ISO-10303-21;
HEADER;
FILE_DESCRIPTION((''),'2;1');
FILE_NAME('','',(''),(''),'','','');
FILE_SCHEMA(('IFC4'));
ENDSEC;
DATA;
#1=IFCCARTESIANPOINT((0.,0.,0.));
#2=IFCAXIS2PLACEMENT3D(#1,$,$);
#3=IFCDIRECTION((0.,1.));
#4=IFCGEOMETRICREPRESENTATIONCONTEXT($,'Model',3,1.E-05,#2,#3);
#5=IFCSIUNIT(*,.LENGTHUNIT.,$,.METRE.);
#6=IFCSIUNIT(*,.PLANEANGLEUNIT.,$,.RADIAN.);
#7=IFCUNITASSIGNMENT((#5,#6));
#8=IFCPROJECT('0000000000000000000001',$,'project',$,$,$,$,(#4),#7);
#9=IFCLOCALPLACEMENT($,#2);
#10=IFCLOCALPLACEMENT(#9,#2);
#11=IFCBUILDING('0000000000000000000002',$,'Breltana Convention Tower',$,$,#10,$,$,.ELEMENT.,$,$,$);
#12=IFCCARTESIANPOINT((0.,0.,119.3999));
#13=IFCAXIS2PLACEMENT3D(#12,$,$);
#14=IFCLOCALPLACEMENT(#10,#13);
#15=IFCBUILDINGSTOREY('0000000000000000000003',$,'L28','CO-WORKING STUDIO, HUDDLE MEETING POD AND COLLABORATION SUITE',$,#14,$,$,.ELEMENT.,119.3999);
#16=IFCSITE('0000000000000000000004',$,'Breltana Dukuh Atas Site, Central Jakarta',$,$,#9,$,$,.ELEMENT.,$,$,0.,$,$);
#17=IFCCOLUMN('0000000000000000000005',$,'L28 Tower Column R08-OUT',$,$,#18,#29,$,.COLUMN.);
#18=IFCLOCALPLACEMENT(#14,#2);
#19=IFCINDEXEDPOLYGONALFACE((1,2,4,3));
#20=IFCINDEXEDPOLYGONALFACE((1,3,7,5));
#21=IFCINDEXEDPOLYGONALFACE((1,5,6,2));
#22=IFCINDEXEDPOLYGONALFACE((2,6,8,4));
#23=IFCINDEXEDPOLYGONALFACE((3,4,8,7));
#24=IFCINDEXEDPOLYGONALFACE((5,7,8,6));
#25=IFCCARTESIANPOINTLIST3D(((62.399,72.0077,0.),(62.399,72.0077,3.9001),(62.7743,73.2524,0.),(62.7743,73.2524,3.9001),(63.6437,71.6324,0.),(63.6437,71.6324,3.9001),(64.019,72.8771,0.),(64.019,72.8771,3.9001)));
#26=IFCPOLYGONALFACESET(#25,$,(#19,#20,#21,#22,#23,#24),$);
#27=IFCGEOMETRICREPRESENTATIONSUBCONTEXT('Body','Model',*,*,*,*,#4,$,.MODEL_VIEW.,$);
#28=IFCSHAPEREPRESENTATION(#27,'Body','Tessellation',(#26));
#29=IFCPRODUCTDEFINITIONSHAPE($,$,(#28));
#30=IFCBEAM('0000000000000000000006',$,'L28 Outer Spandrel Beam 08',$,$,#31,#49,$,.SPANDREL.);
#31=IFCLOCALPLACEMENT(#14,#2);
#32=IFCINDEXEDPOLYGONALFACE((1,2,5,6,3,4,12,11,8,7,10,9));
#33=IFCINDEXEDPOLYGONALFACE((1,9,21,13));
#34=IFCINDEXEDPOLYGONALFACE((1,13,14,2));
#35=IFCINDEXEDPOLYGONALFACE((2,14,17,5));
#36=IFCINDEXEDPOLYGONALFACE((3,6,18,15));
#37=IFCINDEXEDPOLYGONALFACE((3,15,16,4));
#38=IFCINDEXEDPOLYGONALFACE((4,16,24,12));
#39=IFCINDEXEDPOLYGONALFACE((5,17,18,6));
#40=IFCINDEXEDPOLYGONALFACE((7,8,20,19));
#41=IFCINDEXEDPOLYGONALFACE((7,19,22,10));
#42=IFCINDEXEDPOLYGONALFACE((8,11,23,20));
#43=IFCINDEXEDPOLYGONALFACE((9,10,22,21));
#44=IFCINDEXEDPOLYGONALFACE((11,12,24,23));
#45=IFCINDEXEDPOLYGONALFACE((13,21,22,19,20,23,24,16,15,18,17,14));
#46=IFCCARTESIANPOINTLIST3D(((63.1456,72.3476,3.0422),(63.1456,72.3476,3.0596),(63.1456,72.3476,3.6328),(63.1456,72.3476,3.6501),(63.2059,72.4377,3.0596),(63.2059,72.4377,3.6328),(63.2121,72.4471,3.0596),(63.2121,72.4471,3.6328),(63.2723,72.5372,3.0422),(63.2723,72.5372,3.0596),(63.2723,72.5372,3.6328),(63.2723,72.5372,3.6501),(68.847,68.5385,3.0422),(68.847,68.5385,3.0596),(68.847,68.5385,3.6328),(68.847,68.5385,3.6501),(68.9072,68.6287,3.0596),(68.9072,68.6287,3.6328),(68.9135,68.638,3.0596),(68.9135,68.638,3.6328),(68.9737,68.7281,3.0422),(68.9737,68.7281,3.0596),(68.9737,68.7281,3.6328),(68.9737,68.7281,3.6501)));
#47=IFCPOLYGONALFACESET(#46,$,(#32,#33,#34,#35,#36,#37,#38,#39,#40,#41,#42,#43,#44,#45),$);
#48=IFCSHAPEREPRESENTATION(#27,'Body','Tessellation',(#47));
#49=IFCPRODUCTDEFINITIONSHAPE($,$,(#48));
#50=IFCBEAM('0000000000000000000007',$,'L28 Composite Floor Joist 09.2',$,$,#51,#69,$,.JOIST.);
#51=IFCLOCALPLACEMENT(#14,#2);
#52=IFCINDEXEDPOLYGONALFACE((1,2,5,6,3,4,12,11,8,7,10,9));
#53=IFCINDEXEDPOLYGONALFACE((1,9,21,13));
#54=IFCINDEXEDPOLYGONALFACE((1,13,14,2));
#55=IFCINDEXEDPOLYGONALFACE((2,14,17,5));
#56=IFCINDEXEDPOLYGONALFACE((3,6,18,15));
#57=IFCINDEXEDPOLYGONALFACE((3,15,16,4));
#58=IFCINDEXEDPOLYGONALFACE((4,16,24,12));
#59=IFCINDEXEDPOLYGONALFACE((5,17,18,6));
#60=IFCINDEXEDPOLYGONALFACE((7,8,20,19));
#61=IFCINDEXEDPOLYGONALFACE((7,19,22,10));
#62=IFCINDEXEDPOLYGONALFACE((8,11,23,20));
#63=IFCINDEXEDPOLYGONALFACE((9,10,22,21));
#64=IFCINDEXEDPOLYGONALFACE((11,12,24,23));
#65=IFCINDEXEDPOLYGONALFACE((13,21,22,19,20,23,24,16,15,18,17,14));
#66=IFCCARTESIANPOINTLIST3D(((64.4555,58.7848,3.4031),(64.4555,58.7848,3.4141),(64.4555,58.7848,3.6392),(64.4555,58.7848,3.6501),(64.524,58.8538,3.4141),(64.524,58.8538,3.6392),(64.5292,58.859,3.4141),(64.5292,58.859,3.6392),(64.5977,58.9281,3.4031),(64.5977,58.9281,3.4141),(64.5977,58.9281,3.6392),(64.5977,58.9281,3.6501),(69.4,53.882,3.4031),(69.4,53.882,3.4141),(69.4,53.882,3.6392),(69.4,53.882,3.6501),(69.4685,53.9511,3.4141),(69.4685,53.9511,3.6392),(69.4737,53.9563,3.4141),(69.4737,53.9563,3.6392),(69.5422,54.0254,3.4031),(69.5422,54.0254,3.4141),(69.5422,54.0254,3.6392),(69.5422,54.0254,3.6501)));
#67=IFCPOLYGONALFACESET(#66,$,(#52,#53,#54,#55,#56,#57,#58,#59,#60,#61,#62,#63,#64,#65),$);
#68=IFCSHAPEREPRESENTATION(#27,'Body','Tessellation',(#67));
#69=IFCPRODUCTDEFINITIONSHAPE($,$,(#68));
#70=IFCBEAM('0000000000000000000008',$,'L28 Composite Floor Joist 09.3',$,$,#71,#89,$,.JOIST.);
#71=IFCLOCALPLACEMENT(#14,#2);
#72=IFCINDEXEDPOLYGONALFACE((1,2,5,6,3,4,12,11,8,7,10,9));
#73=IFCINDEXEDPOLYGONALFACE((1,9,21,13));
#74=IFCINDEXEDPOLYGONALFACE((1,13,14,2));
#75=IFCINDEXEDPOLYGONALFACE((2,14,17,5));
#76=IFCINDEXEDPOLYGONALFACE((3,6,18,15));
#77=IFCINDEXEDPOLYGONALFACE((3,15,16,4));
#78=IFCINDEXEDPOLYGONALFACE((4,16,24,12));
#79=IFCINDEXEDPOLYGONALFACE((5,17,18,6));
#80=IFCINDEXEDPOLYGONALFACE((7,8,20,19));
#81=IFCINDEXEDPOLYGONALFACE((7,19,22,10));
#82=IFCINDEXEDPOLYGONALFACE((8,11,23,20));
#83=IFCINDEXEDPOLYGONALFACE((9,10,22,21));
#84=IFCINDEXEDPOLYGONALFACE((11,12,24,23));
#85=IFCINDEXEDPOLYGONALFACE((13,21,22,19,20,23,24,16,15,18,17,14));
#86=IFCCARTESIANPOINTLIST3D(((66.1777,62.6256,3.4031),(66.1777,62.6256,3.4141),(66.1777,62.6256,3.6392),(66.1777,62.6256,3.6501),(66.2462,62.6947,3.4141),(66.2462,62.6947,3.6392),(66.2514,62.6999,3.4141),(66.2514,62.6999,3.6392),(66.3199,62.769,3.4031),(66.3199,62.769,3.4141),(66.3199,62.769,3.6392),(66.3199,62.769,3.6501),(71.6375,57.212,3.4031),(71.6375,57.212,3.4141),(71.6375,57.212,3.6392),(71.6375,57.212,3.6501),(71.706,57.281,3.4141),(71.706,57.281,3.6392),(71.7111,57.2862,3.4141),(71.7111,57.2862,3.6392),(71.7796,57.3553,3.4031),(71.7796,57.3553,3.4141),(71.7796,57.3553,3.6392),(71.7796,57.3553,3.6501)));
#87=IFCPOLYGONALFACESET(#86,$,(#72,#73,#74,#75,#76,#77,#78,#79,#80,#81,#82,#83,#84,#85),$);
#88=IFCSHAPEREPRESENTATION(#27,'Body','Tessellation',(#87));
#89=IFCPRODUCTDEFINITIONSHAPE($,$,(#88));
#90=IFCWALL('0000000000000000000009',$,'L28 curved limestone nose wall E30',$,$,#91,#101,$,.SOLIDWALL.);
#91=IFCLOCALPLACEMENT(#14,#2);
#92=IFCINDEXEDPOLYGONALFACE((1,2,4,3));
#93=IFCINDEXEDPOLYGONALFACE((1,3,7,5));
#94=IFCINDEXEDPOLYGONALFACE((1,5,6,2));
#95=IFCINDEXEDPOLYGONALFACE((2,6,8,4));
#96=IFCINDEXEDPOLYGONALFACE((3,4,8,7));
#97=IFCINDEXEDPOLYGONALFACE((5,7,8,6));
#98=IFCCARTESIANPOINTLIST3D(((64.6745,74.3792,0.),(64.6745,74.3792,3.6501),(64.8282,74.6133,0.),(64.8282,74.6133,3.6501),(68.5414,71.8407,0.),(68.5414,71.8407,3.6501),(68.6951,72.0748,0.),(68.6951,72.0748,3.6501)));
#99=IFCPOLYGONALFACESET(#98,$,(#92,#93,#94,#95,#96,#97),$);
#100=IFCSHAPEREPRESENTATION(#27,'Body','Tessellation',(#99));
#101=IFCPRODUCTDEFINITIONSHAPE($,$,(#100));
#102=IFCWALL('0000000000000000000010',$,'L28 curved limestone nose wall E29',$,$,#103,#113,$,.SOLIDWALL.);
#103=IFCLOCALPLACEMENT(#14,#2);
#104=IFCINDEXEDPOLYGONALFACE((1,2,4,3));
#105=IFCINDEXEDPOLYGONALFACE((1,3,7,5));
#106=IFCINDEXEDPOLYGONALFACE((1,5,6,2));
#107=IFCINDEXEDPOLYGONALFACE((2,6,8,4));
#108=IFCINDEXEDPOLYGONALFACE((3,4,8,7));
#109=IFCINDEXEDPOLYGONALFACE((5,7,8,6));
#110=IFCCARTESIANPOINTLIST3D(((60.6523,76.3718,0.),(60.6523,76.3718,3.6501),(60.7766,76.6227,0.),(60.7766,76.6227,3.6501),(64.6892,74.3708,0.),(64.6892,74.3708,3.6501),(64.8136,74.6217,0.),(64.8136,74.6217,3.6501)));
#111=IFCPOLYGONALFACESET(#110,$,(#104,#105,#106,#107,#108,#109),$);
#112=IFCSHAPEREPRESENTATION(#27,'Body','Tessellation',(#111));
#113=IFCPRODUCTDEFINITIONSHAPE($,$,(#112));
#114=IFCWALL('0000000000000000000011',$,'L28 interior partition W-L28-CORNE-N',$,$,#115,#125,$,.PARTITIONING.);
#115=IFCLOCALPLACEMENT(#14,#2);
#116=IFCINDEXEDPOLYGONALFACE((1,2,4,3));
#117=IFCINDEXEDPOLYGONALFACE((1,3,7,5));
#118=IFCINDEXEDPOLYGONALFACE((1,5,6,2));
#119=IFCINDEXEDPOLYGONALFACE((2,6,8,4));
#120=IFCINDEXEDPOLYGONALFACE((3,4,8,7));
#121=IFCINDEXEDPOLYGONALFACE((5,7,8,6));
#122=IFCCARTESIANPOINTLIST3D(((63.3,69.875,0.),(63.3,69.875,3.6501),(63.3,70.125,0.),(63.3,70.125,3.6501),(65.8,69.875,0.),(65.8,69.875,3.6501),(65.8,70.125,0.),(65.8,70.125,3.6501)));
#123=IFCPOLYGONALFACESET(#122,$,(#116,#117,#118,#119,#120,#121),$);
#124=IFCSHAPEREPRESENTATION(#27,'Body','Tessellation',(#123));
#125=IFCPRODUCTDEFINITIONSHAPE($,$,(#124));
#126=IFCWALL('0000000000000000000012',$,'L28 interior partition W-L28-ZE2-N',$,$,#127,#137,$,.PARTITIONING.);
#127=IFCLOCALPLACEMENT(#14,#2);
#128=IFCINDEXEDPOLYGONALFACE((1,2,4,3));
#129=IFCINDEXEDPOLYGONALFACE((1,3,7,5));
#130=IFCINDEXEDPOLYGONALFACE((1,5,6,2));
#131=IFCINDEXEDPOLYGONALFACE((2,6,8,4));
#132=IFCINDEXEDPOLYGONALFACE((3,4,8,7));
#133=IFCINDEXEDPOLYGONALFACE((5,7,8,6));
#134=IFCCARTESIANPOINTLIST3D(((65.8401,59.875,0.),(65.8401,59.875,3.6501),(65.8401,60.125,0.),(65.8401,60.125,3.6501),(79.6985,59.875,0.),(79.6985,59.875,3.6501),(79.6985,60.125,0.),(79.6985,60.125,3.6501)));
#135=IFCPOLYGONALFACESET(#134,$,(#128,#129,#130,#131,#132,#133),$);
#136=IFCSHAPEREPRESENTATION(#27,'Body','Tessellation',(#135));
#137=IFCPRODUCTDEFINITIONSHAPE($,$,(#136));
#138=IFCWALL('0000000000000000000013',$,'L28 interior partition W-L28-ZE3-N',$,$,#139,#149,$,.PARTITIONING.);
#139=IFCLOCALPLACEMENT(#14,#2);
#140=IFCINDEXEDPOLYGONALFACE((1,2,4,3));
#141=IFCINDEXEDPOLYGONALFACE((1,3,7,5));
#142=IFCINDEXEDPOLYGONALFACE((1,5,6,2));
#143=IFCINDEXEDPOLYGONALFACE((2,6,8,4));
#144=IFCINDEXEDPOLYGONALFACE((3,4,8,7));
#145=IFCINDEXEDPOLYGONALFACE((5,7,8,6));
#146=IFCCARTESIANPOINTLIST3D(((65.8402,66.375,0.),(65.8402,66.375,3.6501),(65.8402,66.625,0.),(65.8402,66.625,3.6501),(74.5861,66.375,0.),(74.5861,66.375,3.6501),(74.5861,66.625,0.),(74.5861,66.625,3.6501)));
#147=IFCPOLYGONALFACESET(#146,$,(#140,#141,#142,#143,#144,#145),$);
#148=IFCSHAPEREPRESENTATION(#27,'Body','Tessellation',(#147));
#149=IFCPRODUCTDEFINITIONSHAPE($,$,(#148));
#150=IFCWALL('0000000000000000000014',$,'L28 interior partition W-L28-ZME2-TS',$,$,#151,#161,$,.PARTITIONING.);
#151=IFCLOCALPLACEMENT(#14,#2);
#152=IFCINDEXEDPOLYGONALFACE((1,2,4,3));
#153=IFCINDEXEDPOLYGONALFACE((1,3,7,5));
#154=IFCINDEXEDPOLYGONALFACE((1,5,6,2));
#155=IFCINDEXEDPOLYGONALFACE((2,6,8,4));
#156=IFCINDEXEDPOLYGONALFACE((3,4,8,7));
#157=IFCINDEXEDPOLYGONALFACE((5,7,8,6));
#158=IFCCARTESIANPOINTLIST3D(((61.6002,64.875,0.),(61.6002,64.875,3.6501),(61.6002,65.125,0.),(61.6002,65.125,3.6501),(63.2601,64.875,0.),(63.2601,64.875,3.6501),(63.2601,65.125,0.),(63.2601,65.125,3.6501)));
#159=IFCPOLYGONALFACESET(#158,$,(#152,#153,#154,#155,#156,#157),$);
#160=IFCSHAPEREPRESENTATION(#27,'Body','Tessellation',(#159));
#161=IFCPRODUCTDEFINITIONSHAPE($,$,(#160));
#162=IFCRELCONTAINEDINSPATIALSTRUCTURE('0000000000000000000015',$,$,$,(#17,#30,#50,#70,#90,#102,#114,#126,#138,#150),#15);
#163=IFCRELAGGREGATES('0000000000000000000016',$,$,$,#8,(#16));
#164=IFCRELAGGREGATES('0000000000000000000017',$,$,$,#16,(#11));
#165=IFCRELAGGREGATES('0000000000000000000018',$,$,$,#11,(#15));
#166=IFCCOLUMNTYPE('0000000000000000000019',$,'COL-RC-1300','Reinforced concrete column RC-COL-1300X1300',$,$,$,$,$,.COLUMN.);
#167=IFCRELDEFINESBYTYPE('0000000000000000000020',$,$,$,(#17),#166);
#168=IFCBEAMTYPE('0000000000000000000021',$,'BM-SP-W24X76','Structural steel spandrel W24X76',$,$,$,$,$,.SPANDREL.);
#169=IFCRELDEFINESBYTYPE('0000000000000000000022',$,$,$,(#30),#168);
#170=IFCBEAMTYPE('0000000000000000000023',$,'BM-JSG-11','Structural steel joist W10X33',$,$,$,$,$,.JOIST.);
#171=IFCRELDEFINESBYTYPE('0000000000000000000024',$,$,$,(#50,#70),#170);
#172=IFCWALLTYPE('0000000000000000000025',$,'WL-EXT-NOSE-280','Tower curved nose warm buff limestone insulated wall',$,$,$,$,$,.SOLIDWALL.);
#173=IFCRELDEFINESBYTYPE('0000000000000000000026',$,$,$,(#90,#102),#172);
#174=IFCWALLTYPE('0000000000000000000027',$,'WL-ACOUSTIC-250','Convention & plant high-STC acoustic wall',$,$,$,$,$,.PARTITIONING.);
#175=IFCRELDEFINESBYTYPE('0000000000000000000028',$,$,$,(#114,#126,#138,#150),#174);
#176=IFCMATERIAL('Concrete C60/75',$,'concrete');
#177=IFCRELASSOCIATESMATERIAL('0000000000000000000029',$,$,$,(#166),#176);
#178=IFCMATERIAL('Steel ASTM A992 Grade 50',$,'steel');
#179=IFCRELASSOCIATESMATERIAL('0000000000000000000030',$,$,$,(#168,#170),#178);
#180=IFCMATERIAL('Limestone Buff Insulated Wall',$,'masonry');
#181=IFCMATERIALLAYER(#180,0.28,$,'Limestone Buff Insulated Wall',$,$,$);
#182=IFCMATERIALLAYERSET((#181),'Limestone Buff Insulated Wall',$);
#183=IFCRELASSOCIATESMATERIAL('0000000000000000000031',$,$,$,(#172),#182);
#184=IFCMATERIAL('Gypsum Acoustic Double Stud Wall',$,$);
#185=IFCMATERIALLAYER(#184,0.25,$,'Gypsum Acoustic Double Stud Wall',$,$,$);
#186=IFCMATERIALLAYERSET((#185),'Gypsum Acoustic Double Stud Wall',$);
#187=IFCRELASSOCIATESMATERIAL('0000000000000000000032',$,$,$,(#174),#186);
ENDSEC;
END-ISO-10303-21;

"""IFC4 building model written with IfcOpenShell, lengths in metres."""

from ifc_helpers import new_model, si_unit, direction, frame, frame_2d, origin, origin_2d, place, context, subcontext, project, spatial, rectangle, i_section, extrude, source, transform, mapped, material, layer, layer_set, material_profile, profile_set, type_object, element, save


model = new_model("IFC4")

# Units and contexts
model_context = context("Model", 3, precision=1e-05, world=origin(), true_north=direction((0.0, 1.0)))
body_context = subcontext(model_context, "Body", "Model", "MODEL_VIEW")
ifc_project = project(units=[si_unit("LENGTHUNIT", "METRE"), si_unit("PLANEANGLEUNIT", "RADIAN")], contexts=[model_context])

# Site, building, storey
site_placement = place(None, origin())
site = spatial("IfcSite", under=ifc_project, at=site_placement, Name="Breltana Dukuh Atas Site, Central Jakarta", CompositionType="ELEMENT", RefElevation=0.0)
building_placement = place(site_placement, origin())
building = spatial("IfcBuilding", under=site, at=building_placement, Name="Breltana Convention Tower", CompositionType="ELEMENT")
storey_placement = place(building_placement, frame((0.0, 0.0, 119.3999)))
storey = spatial("IfcBuildingStorey", under=building, at=storey_placement, Name="L28", Description="CO-WORKING STUDIO, HUDDLE MEETING POD AND COLLABORATION SUITE", CompositionType="ELEMENT", Elevation=119.3999)

# Column
ifc_material_1 = material(Name="Concrete C60/75", Category="concrete")
ifc_material_profile_1 = material_profile(ifc_material_1, rectangle(XDim=1.3, YDim=1.3, at=origin_2d()), Name="RC-COL-1300X1300")
ifc_profile_set_1 = profile_set([ifc_material_profile_1], Name="Concrete C60/75")
column_type = type_object("IfcColumnType", Name="COL-RC-1300", Description="Reinforced concrete column RC-COL-1300X1300", PredefinedType="COLUMN", material=ifc_profile_set_1)
shared_shape_1 = source(origin(), body_context, "Body", "SweptSolid", [
    extrude(rectangle(XDim=1.3, YDim=1.3, at=origin_2d()), origin(), (0.0, 0.0, 1.0), 3.9001),
])
column_placement = place(storey_placement, frame((63.209, 72.4424, 0.0), z_axis=(0.0, 0.0, 1.0), x_axis=(0.288698, 0.95742, 0.0)))
element("IfcColumn", 1, at=column_placement, inside=storey, type_object=column_type, Name="L28 Tower Column R08-OUT", PredefinedType="COLUMN", context=body_context, shape_type="MappedRepresentation", body=[
    mapped(shared_shape_1, transform((0.0, 0.0, 0.0), scale=1.0)),
])

# Beams
ifc_material_2 = material(Name="Steel ASTM A992 Grade 50", Category="steel")
ifc_material_profile_2 = material_profile(ifc_material_2, i_section(OverallWidth=0.228, OverallDepth=0.6079, WebThickness=0.0112, FlangeThickness=0.0173, at=origin_2d()), Name="W24X76")
ifc_profile_set_2 = profile_set([ifc_material_profile_2], Name="Steel ASTM A992 Grade 50")
beam_type_1 = type_object("IfcBeamType", Name="BM-SP-W24X76", Description="Structural steel spandrel W24X76", PredefinedType="SPANDREL", material=ifc_profile_set_2)
shared_shape_2 = source(origin(), body_context, "Body", "SweptSolid", [
    extrude(i_section(OverallWidth=0.228, OverallDepth=0.6079, WebThickness=0.0112, FlangeThickness=0.0173, at=origin_2d()), origin(), (0.0, 0.0, 1.0), 6.8567),
])
beam_1_placement = place(storey_placement, frame((63.209, 72.4424, 3.3462), z_axis=(0.831502, -0.555522, 0.0), x_axis=(0.555522, 0.831502, 0.0)))
element("IfcBeam", 2, at=beam_1_placement, inside=storey, type_object=beam_type_1, Name="L28 Outer Spandrel Beam 08", PredefinedType="SPANDREL", context=body_context, shape_type="MappedRepresentation", body=[
    mapped(shared_shape_2, transform((0.0, 0.0, 0.0), scale=1.0)),
])
ifc_material_profile_3 = material_profile(ifc_material_2, i_section(OverallWidth=0.2019, OverallDepth=0.2471, WebThickness=0.0073, FlangeThickness=0.011, at=origin_2d()), Name="W10X33")
ifc_profile_set_3 = profile_set([ifc_material_profile_3], Name="Steel ASTM A992 Grade 50")
beam_type_2 = type_object("IfcBeamType", Name="BM-JSG-11", Description="Structural steel joist W10X33", PredefinedType="JOIST", material=ifc_profile_set_3)
shared_shape_3 = source(origin(), body_context, "Body", "SweptSolid", [
    extrude(i_section(OverallWidth=0.2019, OverallDepth=0.2471, WebThickness=0.0073, FlangeThickness=0.011, at=origin_2d()), origin(), (0.0, 0.0, 1.0), 6.9631),
])
beam_2_placement = place(storey_placement, frame((64.5266, 58.8564, 3.5266), z_axis=(0.710098, -0.704103, 0.0), x_axis=(0.704103, 0.710098, 0.0)))
element("IfcBeam", 3, at=beam_2_placement, inside=storey, type_object=beam_type_2, Name="L28 Composite Floor Joist 09.2", PredefinedType="JOIST", context=body_context, shape_type="MappedRepresentation", body=[
    mapped(shared_shape_3, transform((0.0, 0.0, 0.0), scale=1.0)),
])
shared_shape_4 = source(origin(), body_context, "Body", "SweptSolid", [
    extrude(i_section(OverallWidth=0.2019, OverallDepth=0.2471, WebThickness=0.0073, FlangeThickness=0.011, at=origin_2d()), origin(), (0.0, 0.0, 1.0), 7.6887),
])
beam_3_placement = place(storey_placement, frame((66.2488, 62.6973, 3.5266), z_axis=(0.710101, -0.7041, 0.0), x_axis=(0.7041, 0.710101, 0.0)))
element("IfcBeam", 4, at=beam_3_placement, inside=storey, type_object=beam_type_2, Name="L28 Composite Floor Joist 09.3", PredefinedType="JOIST", context=body_context, shape_type="MappedRepresentation", body=[
    mapped(shared_shape_4, transform((0.0, 0.0, 0.0), scale=1.0)),
])

# Walls
ifc_material_3 = material(Name="Limestone Buff Insulated Wall", Category="masonry")
ifc_layer_1 = layer(ifc_material_3, 0.28, Name="Limestone Buff Insulated Wall")
ifc_layer_set_1 = layer_set([ifc_layer_1], Name="Limestone Buff Insulated Wall")
wall_type_1 = type_object("IfcWallType", Name="WL-EXT-NOSE-280", Description="Tower curved nose warm buff limestone insulated wall", PredefinedType="SOLIDWALL", material=ifc_layer_set_1)
shared_shape_5 = source(origin(), body_context, "Body", "SweptSolid", [
    extrude(rectangle(XDim=4.6257, YDim=0.28, at=frame_2d((2.313, 0.0))), origin(), (0.0, 0.0, 1.0), 3.6501),
])
wall_1_placement = place(storey_placement, frame((64.7512, 74.4963, 0.0), z_axis=(0.0, 0.0, 1.0), x_axis=(0.835959, -0.548791, 0.0)))
element("IfcWall", 5, at=wall_1_placement, inside=storey, type_object=wall_type_1, Name="L28 curved limestone nose wall E30", PredefinedType="SOLIDWALL", context=body_context, shape_type="MappedRepresentation", body=[
    mapped(shared_shape_5, transform((0.0, 0.0, 0.0), scale=1.0)),
])
shared_shape_6 = source(origin(), body_context, "Body", "SweptSolid", [
    extrude(rectangle(XDim=4.5056, YDim=0.28, at=frame_2d((2.2529, 0.0))), origin(), (0.0, 0.0, 1.0), 3.6501),
])
wall_2_placement = place(storey_placement, frame((60.7144, 76.4973, 0.0), z_axis=(0.0, 0.0, 1.0), x_axis=(0.895972, -0.444111, 0.0)))
element("IfcWall", 6, at=wall_2_placement, inside=storey, type_object=wall_type_1, Name="L28 curved limestone nose wall E29", PredefinedType="SOLIDWALL", context=body_context, shape_type="MappedRepresentation", body=[
    mapped(shared_shape_6, transform((0.0, 0.0, 0.0), scale=1.0)),
])
ifc_material_4 = material(Name="Gypsum Acoustic Double Stud Wall")
ifc_layer_2 = layer(ifc_material_4, 0.25, Name="Gypsum Acoustic Double Stud Wall")
ifc_layer_set_2 = layer_set([ifc_layer_2], Name="Gypsum Acoustic Double Stud Wall")
wall_type_2 = type_object("IfcWallType", Name="WL-ACOUSTIC-250", Description="Convention & plant high-STC acoustic wall", PredefinedType="PARTITIONING", material=ifc_layer_set_2)
shared_shape_7 = source(origin(), body_context, "Body", "SweptSolid", [
    extrude(rectangle(XDim=2.5, YDim=0.25, at=frame_2d((1.25, 0.0))), origin(), (0.0, 0.0, 1.0), 3.6501),
])
wall_3_placement = place(storey_placement, frame((63.3, 70.0, 0.0), z_axis=(0.0, 0.0, 1.0), x_axis=(1.0, 0.0, 0.0)))
element("IfcWall", 7, at=wall_3_placement, inside=storey, type_object=wall_type_2, Name="L28 interior partition W-L28-CORNE-N", PredefinedType="PARTITIONING", context=body_context, shape_type="MappedRepresentation", body=[
    mapped(shared_shape_7, transform((0.0, 0.0, 0.0), scale=1.0)),
])
shared_shape_8 = source(origin(), body_context, "Body", "SweptSolid", [
    extrude(rectangle(XDim=13.8584, YDim=0.25, at=frame_2d((6.9292, 0.0))), origin(), (0.0, 0.0, 1.0), 3.6501),
])
wall_4_placement = place(storey_placement, frame((65.8401, 60.0, 0.0), z_axis=(0.0, 0.0, 1.0), x_axis=(1.0, 0.0, 0.0)))
element("IfcWall", 8, at=wall_4_placement, inside=storey, type_object=wall_type_2, Name="L28 interior partition W-L28-ZE2-N", PredefinedType="PARTITIONING", context=body_context, shape_type="MappedRepresentation", body=[
    mapped(shared_shape_8, transform((0.0, 0.0, 0.0), scale=1.0)),
])

# Wall
shared_shape_9 = source(origin(), body_context, "Body", "SweptSolid", [
    extrude(rectangle(XDim=8.7458, YDim=0.25, at=frame_2d((4.373, 0.0))), origin(), (0.0, 0.0, 1.0), 3.6501),
])
wall_5_placement = place(storey_placement, frame((65.8401, 66.5, 0.0), z_axis=(0.0, 0.0, 1.0), x_axis=(1.0, 0.0, 0.0)))
element("IfcWall", 9, at=wall_5_placement, inside=storey, type_object=wall_type_2, Name="L28 interior partition W-L28-ZE3-N", PredefinedType="PARTITIONING", context=body_context, shape_type="MappedRepresentation", body=[
    mapped(shared_shape_9, transform((0.0, 0.0, 0.0), scale=1.0)),
])

# Wall
shared_shape_10 = source(origin(), body_context, "Body", "SweptSolid", [
    extrude(rectangle(XDim=1.6599, YDim=0.25, at=frame_2d((0.8301, 0.0))), origin(), (0.0, 0.0, 1.0), 3.6501),
])
wall_6_placement = place(storey_placement, frame((61.6001, 65.0, 0.0), z_axis=(0.0, 0.0, 1.0), x_axis=(1.0, 0.0, 0.0)))
element("IfcWall", 10, at=wall_6_placement, inside=storey, type_object=wall_type_2, Name="L28 interior partition W-L28-ZME2-TS", PredefinedType="PARTITIONING", context=body_context, shape_type="MappedRepresentation", body=[
    mapped(shared_shape_10, transform((0.0, 0.0, 0.0), scale=1.0)),
])

save(model, "model.ifc")
